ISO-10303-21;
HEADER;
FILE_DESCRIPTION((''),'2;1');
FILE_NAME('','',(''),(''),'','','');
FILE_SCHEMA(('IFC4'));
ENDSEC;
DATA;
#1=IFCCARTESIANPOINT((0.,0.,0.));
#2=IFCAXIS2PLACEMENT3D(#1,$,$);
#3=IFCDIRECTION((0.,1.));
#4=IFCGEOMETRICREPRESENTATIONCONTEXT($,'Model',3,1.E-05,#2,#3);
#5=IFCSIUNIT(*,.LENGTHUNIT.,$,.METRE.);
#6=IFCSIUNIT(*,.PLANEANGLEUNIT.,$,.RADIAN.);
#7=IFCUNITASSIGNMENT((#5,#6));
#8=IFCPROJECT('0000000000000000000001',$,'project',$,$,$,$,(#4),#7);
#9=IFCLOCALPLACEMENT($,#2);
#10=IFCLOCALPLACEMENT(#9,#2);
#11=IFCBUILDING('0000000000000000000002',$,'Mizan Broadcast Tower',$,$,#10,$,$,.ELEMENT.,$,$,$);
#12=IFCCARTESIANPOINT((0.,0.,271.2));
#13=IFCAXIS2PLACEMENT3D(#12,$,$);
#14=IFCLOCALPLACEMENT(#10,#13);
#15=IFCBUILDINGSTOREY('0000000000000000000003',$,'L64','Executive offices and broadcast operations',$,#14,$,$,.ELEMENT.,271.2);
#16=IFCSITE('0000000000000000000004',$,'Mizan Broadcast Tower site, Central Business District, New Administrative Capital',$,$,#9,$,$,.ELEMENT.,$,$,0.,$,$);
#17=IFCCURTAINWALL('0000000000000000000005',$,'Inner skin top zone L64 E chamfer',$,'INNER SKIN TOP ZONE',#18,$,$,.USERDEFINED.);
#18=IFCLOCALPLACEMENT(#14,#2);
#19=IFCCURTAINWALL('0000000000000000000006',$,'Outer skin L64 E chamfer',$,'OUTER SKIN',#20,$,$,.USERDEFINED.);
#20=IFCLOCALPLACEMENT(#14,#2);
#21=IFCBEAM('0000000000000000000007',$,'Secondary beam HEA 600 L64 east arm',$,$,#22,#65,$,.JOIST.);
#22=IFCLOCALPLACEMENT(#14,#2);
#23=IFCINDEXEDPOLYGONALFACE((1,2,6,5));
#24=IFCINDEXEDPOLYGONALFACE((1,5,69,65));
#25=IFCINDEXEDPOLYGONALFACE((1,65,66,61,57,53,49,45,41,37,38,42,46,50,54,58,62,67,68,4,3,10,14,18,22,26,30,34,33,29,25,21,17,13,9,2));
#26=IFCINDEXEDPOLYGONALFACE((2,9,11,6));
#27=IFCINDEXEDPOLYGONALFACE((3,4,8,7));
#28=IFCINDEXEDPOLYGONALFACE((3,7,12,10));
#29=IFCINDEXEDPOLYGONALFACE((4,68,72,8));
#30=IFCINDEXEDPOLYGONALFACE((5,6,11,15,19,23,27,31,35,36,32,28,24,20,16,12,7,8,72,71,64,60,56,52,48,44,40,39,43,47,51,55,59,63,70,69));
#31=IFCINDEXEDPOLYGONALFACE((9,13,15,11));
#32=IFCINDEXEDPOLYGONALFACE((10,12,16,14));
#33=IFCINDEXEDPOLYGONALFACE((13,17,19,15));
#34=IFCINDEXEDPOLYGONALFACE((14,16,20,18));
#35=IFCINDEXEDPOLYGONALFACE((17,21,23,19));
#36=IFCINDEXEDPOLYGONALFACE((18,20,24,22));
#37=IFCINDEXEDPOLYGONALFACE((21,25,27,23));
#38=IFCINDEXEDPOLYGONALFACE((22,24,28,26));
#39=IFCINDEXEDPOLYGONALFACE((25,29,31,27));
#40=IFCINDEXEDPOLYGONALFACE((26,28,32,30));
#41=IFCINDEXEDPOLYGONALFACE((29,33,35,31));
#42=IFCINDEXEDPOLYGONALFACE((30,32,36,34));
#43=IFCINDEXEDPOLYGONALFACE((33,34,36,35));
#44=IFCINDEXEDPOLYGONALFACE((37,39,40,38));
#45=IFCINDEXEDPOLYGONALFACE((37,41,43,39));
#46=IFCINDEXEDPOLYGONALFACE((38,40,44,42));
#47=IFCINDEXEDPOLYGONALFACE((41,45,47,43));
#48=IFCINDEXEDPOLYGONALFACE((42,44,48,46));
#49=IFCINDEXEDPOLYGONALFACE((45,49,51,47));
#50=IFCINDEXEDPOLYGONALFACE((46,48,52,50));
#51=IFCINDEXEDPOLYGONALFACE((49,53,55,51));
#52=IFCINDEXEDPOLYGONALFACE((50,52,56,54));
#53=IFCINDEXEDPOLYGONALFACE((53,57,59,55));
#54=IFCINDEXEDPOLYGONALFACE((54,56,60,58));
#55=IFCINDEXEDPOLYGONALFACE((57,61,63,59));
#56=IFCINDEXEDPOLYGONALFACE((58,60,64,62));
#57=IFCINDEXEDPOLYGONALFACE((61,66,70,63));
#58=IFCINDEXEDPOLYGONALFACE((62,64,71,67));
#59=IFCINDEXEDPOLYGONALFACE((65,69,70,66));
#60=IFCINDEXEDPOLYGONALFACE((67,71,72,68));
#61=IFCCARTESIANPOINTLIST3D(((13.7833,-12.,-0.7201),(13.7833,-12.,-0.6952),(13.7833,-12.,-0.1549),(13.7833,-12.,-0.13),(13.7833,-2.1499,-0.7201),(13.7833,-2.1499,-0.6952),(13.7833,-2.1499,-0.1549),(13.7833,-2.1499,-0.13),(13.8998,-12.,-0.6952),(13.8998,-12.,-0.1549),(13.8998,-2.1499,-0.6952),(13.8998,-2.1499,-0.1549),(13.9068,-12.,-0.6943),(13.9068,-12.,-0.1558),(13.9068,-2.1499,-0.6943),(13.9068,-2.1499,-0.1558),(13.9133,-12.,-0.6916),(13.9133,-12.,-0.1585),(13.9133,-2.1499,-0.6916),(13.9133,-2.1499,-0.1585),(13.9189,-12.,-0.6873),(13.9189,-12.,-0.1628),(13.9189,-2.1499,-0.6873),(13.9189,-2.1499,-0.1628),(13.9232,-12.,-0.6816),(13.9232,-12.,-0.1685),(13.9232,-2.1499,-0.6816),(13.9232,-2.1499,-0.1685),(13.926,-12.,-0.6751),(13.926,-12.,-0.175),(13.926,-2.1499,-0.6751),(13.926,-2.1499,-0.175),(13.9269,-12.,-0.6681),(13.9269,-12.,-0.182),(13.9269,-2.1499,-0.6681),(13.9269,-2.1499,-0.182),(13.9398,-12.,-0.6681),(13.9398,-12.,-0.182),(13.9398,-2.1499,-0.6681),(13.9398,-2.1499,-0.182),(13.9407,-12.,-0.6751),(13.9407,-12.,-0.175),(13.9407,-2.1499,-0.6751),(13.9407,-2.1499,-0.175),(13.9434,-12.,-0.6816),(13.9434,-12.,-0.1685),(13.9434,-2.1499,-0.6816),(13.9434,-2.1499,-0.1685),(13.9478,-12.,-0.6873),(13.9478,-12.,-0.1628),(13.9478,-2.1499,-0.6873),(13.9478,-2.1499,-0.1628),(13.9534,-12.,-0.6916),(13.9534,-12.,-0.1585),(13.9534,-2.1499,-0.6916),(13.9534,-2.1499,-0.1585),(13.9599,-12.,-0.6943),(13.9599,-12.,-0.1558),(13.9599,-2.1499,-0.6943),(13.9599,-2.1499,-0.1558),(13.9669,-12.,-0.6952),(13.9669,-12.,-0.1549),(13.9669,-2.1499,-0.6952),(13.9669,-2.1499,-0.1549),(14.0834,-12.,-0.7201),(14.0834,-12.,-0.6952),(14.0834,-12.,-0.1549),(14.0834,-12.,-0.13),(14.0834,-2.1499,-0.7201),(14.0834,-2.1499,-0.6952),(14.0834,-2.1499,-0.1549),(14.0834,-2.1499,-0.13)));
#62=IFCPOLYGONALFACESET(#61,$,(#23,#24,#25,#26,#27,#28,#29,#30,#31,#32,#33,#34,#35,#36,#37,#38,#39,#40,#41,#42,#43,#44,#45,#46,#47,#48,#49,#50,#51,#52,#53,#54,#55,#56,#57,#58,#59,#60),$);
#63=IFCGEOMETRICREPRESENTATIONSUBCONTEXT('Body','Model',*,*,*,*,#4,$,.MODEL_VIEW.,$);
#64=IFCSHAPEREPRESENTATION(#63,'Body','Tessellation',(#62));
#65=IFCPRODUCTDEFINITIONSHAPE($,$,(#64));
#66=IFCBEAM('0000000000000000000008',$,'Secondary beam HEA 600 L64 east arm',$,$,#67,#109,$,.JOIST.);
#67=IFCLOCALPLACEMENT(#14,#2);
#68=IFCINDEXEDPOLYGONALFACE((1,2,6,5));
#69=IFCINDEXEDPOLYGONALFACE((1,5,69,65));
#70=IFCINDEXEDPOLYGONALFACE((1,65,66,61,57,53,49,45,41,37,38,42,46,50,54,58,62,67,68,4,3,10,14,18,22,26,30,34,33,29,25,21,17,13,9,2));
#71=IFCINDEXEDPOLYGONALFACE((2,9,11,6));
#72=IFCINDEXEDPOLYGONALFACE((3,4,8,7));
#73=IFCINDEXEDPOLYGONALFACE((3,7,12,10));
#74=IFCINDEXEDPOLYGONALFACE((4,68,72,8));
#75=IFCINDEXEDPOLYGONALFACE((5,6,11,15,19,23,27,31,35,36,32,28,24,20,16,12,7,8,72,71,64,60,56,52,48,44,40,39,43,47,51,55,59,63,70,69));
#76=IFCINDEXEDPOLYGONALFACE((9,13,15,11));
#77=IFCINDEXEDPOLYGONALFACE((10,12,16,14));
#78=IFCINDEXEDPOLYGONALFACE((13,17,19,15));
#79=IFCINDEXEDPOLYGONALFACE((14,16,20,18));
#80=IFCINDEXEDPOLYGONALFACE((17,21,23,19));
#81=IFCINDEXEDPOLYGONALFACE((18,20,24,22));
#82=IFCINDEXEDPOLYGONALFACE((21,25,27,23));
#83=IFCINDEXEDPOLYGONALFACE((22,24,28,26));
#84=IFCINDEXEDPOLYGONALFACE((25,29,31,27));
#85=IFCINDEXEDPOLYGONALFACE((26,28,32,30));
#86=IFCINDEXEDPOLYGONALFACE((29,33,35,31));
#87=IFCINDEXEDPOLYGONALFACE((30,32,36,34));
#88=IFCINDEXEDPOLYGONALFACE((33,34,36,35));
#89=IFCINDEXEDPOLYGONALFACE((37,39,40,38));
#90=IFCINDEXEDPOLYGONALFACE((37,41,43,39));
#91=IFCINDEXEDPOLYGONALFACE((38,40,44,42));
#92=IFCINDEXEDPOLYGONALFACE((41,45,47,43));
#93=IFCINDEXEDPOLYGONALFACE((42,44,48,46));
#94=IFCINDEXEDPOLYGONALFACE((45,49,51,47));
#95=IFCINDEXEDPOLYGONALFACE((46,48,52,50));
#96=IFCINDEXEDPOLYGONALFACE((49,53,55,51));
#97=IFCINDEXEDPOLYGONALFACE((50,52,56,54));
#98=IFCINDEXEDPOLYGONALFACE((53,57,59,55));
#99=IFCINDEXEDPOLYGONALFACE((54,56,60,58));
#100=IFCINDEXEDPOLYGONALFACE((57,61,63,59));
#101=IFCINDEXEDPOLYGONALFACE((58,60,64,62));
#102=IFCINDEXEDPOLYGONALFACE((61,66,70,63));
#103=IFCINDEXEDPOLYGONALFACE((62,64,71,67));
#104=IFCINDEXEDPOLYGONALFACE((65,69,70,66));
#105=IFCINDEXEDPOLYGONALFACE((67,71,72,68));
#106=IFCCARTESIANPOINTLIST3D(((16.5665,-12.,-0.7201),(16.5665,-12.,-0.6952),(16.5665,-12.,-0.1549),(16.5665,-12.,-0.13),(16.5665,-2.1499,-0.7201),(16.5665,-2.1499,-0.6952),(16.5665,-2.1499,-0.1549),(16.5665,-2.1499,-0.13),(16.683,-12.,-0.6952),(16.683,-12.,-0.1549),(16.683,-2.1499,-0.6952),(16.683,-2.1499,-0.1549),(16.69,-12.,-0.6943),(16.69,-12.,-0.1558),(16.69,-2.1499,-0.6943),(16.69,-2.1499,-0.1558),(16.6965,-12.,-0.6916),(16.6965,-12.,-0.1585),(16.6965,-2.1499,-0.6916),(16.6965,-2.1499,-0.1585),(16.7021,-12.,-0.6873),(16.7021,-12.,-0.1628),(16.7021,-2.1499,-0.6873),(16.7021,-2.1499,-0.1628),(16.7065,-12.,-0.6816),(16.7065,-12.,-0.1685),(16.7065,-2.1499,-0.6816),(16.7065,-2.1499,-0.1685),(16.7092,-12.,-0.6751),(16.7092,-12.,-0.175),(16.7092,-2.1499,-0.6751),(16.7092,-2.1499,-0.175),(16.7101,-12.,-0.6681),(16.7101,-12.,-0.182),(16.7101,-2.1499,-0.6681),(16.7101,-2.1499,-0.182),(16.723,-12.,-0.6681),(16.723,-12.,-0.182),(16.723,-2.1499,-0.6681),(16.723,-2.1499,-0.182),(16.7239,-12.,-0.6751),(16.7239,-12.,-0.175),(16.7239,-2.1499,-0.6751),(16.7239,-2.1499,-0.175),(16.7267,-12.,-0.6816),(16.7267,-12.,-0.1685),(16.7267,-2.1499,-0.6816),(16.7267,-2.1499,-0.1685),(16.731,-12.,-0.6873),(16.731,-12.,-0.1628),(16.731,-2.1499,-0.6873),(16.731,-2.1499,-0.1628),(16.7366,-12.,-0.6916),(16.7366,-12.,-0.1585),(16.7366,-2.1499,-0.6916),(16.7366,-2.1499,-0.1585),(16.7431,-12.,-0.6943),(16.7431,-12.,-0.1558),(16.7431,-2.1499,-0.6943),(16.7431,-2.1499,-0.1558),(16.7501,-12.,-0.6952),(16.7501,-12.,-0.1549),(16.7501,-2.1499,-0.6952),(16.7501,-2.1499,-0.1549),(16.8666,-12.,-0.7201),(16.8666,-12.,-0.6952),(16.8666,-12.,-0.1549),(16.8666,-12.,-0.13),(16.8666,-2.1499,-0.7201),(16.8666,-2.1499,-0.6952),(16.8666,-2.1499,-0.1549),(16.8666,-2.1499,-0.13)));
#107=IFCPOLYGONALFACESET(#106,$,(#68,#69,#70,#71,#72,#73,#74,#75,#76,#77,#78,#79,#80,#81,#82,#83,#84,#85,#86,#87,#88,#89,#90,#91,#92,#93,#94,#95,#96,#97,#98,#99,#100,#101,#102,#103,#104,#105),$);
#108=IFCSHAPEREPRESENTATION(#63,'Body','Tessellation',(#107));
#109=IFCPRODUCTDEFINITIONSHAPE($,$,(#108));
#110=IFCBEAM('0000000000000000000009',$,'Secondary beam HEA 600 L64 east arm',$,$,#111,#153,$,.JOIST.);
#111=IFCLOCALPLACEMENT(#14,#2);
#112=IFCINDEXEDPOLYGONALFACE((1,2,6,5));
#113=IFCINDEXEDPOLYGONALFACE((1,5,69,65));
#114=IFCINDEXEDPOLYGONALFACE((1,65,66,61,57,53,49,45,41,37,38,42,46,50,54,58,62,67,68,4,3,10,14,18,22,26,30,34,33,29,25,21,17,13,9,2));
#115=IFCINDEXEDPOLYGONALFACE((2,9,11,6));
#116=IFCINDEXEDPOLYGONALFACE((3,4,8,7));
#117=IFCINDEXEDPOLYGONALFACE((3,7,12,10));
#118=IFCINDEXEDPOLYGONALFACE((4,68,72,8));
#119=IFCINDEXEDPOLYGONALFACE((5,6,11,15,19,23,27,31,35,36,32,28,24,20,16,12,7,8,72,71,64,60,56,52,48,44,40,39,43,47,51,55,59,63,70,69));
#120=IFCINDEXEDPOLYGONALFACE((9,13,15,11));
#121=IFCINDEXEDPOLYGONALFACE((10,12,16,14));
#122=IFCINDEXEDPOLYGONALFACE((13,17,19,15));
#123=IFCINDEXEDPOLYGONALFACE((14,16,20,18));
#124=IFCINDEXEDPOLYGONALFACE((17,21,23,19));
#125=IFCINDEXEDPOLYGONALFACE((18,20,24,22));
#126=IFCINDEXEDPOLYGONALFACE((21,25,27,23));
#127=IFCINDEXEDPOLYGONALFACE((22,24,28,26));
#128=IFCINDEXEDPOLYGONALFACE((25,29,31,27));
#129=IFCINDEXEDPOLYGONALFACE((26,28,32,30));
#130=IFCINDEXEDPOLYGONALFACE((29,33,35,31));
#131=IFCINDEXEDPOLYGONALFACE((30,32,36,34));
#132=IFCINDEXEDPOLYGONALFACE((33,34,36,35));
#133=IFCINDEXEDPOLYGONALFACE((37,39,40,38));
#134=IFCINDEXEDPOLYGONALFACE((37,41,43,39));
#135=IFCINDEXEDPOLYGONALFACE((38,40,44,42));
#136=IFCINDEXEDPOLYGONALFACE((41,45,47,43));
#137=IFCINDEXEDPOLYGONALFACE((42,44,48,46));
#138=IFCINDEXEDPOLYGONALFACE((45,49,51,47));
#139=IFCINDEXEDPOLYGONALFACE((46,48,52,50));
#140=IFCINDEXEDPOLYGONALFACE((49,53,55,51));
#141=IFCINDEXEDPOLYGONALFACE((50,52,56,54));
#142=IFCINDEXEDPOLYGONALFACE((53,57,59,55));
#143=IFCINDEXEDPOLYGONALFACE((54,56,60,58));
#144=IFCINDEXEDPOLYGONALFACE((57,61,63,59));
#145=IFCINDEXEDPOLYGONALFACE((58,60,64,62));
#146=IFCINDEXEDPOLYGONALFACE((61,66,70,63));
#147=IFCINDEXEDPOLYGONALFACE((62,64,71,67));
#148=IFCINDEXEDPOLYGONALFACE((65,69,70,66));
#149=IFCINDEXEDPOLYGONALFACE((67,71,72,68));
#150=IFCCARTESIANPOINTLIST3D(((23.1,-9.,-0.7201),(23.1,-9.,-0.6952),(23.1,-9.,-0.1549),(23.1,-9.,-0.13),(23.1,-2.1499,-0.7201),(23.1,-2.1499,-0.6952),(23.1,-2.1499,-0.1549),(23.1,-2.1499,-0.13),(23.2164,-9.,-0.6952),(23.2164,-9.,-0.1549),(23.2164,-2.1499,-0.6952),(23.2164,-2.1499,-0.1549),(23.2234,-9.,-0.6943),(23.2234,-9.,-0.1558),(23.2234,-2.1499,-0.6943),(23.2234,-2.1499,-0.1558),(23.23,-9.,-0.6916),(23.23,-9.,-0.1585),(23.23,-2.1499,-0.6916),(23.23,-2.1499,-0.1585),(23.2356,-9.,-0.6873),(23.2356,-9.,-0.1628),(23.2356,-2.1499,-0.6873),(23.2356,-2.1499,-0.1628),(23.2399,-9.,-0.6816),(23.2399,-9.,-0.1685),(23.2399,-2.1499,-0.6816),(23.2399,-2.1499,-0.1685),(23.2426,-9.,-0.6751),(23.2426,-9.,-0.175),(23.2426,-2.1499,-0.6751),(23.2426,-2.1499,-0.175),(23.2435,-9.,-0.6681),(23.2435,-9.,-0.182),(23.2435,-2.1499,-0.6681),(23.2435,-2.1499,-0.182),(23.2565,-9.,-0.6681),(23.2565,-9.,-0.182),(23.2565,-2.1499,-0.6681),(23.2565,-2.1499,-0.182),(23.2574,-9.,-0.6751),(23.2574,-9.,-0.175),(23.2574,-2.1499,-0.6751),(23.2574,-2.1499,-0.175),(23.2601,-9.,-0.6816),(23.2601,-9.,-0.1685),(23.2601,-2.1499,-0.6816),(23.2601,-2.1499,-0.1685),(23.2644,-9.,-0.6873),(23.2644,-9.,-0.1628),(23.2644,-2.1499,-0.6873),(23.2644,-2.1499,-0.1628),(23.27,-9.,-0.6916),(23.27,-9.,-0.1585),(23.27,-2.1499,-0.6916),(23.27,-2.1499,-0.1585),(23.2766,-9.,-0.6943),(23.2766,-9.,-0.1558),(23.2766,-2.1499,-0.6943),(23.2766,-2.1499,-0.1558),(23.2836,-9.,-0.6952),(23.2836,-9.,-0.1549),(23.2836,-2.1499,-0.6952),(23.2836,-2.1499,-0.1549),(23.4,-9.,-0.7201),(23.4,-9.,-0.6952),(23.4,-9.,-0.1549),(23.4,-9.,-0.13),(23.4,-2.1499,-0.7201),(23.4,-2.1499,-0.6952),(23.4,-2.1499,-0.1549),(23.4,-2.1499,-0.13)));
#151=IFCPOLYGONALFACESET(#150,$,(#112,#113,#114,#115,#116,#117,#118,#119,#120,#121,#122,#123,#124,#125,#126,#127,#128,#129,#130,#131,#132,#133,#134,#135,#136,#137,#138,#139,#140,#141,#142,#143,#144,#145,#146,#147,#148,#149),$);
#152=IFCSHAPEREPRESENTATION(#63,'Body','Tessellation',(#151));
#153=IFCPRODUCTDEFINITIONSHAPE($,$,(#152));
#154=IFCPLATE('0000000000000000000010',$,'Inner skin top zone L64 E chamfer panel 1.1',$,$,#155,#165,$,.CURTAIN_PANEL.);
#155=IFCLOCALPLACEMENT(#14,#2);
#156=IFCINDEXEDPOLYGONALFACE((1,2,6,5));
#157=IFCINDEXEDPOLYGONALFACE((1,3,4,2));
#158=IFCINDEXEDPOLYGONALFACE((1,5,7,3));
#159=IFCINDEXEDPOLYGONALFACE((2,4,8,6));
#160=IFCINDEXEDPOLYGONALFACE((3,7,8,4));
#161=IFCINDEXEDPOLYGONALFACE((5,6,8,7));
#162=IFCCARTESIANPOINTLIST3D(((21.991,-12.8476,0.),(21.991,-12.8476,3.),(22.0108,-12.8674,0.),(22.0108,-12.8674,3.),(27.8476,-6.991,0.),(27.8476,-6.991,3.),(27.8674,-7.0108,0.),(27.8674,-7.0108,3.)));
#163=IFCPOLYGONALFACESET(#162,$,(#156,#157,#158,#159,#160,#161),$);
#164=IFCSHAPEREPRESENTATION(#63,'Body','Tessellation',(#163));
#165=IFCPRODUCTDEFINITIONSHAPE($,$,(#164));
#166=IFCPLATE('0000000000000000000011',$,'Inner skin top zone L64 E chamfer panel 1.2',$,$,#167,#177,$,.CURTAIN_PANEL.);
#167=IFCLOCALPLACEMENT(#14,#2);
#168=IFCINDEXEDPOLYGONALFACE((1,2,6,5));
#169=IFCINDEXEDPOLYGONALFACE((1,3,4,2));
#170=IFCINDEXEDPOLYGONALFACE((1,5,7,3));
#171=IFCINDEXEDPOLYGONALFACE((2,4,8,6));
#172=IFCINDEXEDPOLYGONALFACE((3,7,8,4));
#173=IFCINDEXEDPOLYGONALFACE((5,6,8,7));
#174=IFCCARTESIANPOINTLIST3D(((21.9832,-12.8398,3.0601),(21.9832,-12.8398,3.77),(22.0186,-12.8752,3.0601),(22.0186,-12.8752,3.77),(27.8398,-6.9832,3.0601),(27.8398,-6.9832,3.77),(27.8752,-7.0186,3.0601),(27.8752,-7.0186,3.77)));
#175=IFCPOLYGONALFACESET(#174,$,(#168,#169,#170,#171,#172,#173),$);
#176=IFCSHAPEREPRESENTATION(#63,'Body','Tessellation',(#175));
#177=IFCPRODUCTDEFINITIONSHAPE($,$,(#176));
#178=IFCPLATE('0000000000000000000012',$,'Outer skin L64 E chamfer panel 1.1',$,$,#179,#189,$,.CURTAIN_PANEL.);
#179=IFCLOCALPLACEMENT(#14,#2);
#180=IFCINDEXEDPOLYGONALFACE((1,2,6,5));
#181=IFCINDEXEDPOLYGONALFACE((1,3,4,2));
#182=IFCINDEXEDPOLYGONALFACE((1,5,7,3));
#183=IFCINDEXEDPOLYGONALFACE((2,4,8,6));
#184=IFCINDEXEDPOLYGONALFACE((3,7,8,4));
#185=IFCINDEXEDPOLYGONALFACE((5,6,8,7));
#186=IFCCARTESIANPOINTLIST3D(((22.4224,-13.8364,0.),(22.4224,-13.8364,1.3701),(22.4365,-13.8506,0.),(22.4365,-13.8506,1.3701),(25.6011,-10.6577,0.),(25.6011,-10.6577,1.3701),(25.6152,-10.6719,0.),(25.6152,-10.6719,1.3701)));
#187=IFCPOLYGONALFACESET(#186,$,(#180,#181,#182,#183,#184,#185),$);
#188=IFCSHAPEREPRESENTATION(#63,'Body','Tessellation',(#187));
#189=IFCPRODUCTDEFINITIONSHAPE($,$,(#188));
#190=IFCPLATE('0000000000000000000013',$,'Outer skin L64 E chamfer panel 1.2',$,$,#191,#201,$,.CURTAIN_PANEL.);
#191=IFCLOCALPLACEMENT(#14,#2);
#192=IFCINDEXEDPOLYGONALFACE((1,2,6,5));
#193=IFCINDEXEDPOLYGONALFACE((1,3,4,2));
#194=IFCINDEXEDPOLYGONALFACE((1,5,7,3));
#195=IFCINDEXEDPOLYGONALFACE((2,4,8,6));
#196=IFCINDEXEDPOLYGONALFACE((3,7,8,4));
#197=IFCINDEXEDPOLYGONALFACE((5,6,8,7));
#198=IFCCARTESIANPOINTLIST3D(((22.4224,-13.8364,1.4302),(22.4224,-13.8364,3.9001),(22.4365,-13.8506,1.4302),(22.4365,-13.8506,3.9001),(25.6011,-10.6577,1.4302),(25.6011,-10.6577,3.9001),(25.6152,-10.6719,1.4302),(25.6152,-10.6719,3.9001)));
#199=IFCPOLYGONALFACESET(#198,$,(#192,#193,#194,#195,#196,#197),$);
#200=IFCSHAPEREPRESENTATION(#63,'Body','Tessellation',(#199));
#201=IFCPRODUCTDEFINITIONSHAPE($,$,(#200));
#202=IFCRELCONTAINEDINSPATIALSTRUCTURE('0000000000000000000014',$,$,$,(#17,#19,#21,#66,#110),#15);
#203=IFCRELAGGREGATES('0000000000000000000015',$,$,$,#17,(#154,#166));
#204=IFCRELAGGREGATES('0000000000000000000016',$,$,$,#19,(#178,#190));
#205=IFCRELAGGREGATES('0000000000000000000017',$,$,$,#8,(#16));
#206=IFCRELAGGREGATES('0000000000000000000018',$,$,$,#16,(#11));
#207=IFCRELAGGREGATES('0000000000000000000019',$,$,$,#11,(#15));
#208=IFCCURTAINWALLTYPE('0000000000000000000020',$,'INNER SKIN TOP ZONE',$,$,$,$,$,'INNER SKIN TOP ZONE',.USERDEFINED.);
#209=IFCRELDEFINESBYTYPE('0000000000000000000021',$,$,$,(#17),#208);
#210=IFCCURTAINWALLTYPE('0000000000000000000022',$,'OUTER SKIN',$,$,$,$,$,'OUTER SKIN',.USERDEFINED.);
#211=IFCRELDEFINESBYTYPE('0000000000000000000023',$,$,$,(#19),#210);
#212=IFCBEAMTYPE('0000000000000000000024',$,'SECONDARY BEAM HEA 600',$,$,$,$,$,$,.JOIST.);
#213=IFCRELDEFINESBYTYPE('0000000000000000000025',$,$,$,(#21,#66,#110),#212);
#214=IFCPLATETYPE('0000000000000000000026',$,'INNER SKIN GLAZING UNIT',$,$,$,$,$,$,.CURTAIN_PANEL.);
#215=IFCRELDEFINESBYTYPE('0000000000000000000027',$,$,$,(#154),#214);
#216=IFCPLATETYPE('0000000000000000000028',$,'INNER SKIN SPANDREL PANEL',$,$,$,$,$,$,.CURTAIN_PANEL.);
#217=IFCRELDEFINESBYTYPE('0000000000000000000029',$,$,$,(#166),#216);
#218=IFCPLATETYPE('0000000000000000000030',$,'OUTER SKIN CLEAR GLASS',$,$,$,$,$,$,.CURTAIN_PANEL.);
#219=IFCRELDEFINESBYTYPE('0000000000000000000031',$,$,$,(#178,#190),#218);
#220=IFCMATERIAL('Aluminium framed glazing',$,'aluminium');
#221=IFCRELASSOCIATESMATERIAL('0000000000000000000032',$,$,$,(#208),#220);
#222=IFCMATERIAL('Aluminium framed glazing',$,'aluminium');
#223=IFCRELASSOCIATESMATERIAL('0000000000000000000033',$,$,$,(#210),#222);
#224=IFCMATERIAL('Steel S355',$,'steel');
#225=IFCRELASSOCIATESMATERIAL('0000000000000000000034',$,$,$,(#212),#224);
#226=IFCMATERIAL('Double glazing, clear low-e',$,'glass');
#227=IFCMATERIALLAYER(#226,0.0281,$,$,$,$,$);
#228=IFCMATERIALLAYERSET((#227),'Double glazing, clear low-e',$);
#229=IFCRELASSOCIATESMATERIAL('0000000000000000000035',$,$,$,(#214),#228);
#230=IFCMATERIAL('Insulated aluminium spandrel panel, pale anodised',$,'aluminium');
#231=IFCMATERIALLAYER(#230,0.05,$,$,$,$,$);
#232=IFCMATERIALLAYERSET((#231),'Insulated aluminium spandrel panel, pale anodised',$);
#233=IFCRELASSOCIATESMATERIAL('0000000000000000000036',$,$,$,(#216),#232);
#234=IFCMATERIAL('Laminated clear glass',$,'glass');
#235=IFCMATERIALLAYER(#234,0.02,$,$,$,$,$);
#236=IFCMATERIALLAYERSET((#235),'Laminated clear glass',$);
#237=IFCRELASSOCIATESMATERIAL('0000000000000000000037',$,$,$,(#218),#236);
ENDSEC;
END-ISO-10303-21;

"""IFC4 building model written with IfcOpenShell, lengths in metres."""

from ifc_helpers import new_model, si_unit, direction, frame, origin, origin_2d, place, context, subcontext, project, spatial, rectangle, i_section, extrude, material, layer, layer_set, material_profile, profile_set, type_object, element, aggregate, save


model = new_model("IFC4")

# Units and contexts
model_context = context("Model", 3, precision=1e-05, world=origin(), true_north=direction((0.0, 1.0)))
body_context = subcontext(model_context, "Body", "Model", "MODEL_VIEW")
ifc_project = project(units=[si_unit("LENGTHUNIT", "METRE"), si_unit("PLANEANGLEUNIT", "RADIAN")], contexts=[model_context])

# Site, building, storey
site_placement = place(None, origin())
site = spatial("IfcSite", under=ifc_project, at=site_placement, Name="Mizan Broadcast Tower site, Central Business District, New Administrative Capital", CompositionType="ELEMENT", RefElevation=0.0)
building_placement = place(site_placement, origin())
building = spatial("IfcBuilding", under=site, at=building_placement, Name="Mizan Broadcast Tower", CompositionType="ELEMENT")
storey_placement = place(building_placement, frame((0.0, 0.0, 271.2)))
storey = spatial("IfcBuildingStorey", under=building, at=storey_placement, Name="L64", Description="Executive offices and broadcast operations", CompositionType="ELEMENT", Elevation=271.2)

# Curtain wall
ifc_material_1 = material(Name="Aluminium framed glazing", Category="aluminium")
curtain_wall_type_1 = type_object("IfcCurtainWallType", Name="INNER SKIN TOP ZONE", ElementType="INNER SKIN TOP ZONE", PredefinedType="USERDEFINED", material=ifc_material_1)
curtain_wall_1_placement = place(storey_placement, origin())
curtain_wall_1 = element("IfcCurtainWall", 1, at=curtain_wall_1_placement, inside=storey, type_object=curtain_wall_type_1, Name="Inner skin top zone L64 E chamfer", ObjectType="INNER SKIN TOP ZONE", PredefinedType="USERDEFINED")

# Curtain wall
ifc_material_2 = material(Name="Aluminium framed glazing", Category="aluminium")
curtain_wall_type_2 = type_object("IfcCurtainWallType", Name="OUTER SKIN", ElementType="OUTER SKIN", PredefinedType="USERDEFINED", material=ifc_material_2)
curtain_wall_2_placement = place(storey_placement, origin())
curtain_wall_2 = element("IfcCurtainWall", 2, at=curtain_wall_2_placement, inside=storey, type_object=curtain_wall_type_2, Name="Outer skin L64 E chamfer", ObjectType="OUTER SKIN", PredefinedType="USERDEFINED")

# Beams
ifc_material_3 = material(Name="Steel S355", Category="steel")
ifc_material_profile_1 = material_profile(ifc_material_3, i_section(OverallWidth=0.3, OverallDepth=0.5901, WebThickness=0.0129, FlangeThickness=0.0249, FilletRadius=0.0271, at=origin_2d()), Name="HEA 600")
ifc_profile_set_1 = profile_set([ifc_material_profile_1], Name="Steel S355")
beam_type_1 = type_object("IfcBeamType", Name="SECONDARY BEAM HEA 600", PredefinedType="JOIST", material=ifc_profile_set_1)
for number, where, z_axis, x_axis, name in (
    (3, (13.9333, -12.0, -0.425), (0.0, 1.0, 0.0), (-1.0, 0.0, 0.0), "Secondary beam HEA 600 L64 east arm"),
    (4, (16.7166, -12.0, -0.425), (0.0, 1.0, 0.0), (-1.0, 0.0, 0.0), "Secondary beam HEA 600 L64 east arm"),
):
    element("IfcBeam", number, at=place(storey_placement, frame(where, z_axis=z_axis, x_axis=x_axis)), inside=storey, type_object=beam_type_1, Name=name, PredefinedType="JOIST", context=body_context, shape_type="SweptSolid", body=[
        extrude(i_section(OverallWidth=0.3, OverallDepth=0.5901, WebThickness=0.0129, FlangeThickness=0.0249, FilletRadius=0.0271, at=origin_2d()), origin(), (0.0, 0.0, 1.0), 9.8501),
    ])
beam_1_placement = place(storey_placement, frame((23.25, -9.0, -0.425), z_axis=(0.0, 1.0, 0.0), x_axis=(-1.0, 0.0, 0.0)))
element("IfcBeam", 5, at=beam_1_placement, inside=storey, type_object=beam_type_1, Name="Secondary beam HEA 600 L64 east arm", PredefinedType="JOIST", context=body_context, shape_type="SweptSolid", body=[
    extrude(i_section(OverallWidth=0.3, OverallDepth=0.5901, WebThickness=0.0129, FlangeThickness=0.0249, FilletRadius=0.0271, at=origin_2d()), origin(), (0.0, 0.0, 1.0), 6.8501),
])

# Plates
ifc_material_4 = material(Name="Double glazing, clear low-e", Category="glass")
ifc_layer_1 = layer(ifc_material_4, 0.0281)
ifc_layer_set_1 = layer_set([ifc_layer_1], Name="Double glazing, clear low-e")
plate_type_1 = type_object("IfcPlateType", Name="INNER SKIN GLAZING UNIT", PredefinedType="CURTAIN_PANEL", material=ifc_layer_set_1)
plate_1_placement = place(storey_placement, frame((24.9292, -9.9292, 0.0), z_axis=(0.0, 0.0, 1.0), x_axis=(0.707107, 0.707107, 0.0)))
plate_1 = element("IfcPlate", 6, at=plate_1_placement, type_object=plate_type_1, Name="Inner skin top zone L64 E chamfer panel 1.1", PredefinedType="CURTAIN_PANEL", context=body_context, shape_type="SweptSolid", body=[
    extrude(rectangle(XDim=8.2825, YDim=0.0281, at=origin_2d()), origin(), (0.0, 0.0, 1.0), 3.0),
])
ifc_material_5 = material(Name="Insulated aluminium spandrel panel, pale anodised", Category="aluminium")
ifc_layer_2 = layer(ifc_material_5, 0.05)
ifc_layer_set_2 = layer_set([ifc_layer_2], Name="Insulated aluminium spandrel panel, pale anodised")
plate_type_2 = type_object("IfcPlateType", Name="INNER SKIN SPANDREL PANEL", PredefinedType="CURTAIN_PANEL", material=ifc_layer_set_2)
plate_2_placement = place(storey_placement, frame((24.9292, -9.9292, 3.0601), z_axis=(0.0, 0.0, 1.0), x_axis=(0.707107, 0.707107, 0.0)))
plate_2 = element("IfcPlate", 7, at=plate_2_placement, type_object=plate_type_2, Name="Inner skin top zone L64 E chamfer panel 1.2", PredefinedType="CURTAIN_PANEL", context=body_context, shape_type="SweptSolid", body=[
    extrude(rectangle(XDim=8.2825, YDim=0.05, at=origin_2d()), origin(), (0.0, 0.0, 1.0), 0.71),
])
aggregate(curtain_wall_1, [plate_1, plate_2])
ifc_material_6 = material(Name="Laminated clear glass", Category="glass")
ifc_layer_3 = layer(ifc_material_6, 0.02)
ifc_layer_set_3 = layer_set([ifc_layer_3], Name="Laminated clear glass")
plate_type_3 = type_object("IfcPlateType", Name="OUTER SKIN CLEAR GLASS", PredefinedType="CURTAIN_PANEL", material=ifc_layer_set_3)
plate_3_placement = place(storey_placement, frame((24.0188, -12.2542, 0.0), z_axis=(0.0, 0.0, 1.0), x_axis=(0.707107, 0.707107, 0.0)))
plate_3 = element("IfcPlate", 8, at=plate_3_placement, type_object=plate_type_3, Name="Outer skin L64 E chamfer panel 1.1", PredefinedType="CURTAIN_PANEL", context=body_context, shape_type="SweptSolid", body=[
    extrude(rectangle(XDim=4.4954, YDim=0.02, at=origin_2d()), origin(), (0.0, 0.0, 1.0), 1.3701),
])
plate_4_placement = place(storey_placement, frame((24.0188, -12.2542, 1.4302), z_axis=(0.0, 0.0, 1.0), x_axis=(0.707107, 0.707107, 0.0)))
plate_4 = element("IfcPlate", 9, at=plate_4_placement, type_object=plate_type_3, Name="Outer skin L64 E chamfer panel 1.2", PredefinedType="CURTAIN_PANEL", context=body_context, shape_type="SweptSolid", body=[
    extrude(rectangle(XDim=4.4954, YDim=0.02, at=origin_2d()), origin(), (0.0, 0.0, 1.0), 2.47),
])
aggregate(curtain_wall_2, [plate_3, plate_4])

save(model, "model.ifc")
